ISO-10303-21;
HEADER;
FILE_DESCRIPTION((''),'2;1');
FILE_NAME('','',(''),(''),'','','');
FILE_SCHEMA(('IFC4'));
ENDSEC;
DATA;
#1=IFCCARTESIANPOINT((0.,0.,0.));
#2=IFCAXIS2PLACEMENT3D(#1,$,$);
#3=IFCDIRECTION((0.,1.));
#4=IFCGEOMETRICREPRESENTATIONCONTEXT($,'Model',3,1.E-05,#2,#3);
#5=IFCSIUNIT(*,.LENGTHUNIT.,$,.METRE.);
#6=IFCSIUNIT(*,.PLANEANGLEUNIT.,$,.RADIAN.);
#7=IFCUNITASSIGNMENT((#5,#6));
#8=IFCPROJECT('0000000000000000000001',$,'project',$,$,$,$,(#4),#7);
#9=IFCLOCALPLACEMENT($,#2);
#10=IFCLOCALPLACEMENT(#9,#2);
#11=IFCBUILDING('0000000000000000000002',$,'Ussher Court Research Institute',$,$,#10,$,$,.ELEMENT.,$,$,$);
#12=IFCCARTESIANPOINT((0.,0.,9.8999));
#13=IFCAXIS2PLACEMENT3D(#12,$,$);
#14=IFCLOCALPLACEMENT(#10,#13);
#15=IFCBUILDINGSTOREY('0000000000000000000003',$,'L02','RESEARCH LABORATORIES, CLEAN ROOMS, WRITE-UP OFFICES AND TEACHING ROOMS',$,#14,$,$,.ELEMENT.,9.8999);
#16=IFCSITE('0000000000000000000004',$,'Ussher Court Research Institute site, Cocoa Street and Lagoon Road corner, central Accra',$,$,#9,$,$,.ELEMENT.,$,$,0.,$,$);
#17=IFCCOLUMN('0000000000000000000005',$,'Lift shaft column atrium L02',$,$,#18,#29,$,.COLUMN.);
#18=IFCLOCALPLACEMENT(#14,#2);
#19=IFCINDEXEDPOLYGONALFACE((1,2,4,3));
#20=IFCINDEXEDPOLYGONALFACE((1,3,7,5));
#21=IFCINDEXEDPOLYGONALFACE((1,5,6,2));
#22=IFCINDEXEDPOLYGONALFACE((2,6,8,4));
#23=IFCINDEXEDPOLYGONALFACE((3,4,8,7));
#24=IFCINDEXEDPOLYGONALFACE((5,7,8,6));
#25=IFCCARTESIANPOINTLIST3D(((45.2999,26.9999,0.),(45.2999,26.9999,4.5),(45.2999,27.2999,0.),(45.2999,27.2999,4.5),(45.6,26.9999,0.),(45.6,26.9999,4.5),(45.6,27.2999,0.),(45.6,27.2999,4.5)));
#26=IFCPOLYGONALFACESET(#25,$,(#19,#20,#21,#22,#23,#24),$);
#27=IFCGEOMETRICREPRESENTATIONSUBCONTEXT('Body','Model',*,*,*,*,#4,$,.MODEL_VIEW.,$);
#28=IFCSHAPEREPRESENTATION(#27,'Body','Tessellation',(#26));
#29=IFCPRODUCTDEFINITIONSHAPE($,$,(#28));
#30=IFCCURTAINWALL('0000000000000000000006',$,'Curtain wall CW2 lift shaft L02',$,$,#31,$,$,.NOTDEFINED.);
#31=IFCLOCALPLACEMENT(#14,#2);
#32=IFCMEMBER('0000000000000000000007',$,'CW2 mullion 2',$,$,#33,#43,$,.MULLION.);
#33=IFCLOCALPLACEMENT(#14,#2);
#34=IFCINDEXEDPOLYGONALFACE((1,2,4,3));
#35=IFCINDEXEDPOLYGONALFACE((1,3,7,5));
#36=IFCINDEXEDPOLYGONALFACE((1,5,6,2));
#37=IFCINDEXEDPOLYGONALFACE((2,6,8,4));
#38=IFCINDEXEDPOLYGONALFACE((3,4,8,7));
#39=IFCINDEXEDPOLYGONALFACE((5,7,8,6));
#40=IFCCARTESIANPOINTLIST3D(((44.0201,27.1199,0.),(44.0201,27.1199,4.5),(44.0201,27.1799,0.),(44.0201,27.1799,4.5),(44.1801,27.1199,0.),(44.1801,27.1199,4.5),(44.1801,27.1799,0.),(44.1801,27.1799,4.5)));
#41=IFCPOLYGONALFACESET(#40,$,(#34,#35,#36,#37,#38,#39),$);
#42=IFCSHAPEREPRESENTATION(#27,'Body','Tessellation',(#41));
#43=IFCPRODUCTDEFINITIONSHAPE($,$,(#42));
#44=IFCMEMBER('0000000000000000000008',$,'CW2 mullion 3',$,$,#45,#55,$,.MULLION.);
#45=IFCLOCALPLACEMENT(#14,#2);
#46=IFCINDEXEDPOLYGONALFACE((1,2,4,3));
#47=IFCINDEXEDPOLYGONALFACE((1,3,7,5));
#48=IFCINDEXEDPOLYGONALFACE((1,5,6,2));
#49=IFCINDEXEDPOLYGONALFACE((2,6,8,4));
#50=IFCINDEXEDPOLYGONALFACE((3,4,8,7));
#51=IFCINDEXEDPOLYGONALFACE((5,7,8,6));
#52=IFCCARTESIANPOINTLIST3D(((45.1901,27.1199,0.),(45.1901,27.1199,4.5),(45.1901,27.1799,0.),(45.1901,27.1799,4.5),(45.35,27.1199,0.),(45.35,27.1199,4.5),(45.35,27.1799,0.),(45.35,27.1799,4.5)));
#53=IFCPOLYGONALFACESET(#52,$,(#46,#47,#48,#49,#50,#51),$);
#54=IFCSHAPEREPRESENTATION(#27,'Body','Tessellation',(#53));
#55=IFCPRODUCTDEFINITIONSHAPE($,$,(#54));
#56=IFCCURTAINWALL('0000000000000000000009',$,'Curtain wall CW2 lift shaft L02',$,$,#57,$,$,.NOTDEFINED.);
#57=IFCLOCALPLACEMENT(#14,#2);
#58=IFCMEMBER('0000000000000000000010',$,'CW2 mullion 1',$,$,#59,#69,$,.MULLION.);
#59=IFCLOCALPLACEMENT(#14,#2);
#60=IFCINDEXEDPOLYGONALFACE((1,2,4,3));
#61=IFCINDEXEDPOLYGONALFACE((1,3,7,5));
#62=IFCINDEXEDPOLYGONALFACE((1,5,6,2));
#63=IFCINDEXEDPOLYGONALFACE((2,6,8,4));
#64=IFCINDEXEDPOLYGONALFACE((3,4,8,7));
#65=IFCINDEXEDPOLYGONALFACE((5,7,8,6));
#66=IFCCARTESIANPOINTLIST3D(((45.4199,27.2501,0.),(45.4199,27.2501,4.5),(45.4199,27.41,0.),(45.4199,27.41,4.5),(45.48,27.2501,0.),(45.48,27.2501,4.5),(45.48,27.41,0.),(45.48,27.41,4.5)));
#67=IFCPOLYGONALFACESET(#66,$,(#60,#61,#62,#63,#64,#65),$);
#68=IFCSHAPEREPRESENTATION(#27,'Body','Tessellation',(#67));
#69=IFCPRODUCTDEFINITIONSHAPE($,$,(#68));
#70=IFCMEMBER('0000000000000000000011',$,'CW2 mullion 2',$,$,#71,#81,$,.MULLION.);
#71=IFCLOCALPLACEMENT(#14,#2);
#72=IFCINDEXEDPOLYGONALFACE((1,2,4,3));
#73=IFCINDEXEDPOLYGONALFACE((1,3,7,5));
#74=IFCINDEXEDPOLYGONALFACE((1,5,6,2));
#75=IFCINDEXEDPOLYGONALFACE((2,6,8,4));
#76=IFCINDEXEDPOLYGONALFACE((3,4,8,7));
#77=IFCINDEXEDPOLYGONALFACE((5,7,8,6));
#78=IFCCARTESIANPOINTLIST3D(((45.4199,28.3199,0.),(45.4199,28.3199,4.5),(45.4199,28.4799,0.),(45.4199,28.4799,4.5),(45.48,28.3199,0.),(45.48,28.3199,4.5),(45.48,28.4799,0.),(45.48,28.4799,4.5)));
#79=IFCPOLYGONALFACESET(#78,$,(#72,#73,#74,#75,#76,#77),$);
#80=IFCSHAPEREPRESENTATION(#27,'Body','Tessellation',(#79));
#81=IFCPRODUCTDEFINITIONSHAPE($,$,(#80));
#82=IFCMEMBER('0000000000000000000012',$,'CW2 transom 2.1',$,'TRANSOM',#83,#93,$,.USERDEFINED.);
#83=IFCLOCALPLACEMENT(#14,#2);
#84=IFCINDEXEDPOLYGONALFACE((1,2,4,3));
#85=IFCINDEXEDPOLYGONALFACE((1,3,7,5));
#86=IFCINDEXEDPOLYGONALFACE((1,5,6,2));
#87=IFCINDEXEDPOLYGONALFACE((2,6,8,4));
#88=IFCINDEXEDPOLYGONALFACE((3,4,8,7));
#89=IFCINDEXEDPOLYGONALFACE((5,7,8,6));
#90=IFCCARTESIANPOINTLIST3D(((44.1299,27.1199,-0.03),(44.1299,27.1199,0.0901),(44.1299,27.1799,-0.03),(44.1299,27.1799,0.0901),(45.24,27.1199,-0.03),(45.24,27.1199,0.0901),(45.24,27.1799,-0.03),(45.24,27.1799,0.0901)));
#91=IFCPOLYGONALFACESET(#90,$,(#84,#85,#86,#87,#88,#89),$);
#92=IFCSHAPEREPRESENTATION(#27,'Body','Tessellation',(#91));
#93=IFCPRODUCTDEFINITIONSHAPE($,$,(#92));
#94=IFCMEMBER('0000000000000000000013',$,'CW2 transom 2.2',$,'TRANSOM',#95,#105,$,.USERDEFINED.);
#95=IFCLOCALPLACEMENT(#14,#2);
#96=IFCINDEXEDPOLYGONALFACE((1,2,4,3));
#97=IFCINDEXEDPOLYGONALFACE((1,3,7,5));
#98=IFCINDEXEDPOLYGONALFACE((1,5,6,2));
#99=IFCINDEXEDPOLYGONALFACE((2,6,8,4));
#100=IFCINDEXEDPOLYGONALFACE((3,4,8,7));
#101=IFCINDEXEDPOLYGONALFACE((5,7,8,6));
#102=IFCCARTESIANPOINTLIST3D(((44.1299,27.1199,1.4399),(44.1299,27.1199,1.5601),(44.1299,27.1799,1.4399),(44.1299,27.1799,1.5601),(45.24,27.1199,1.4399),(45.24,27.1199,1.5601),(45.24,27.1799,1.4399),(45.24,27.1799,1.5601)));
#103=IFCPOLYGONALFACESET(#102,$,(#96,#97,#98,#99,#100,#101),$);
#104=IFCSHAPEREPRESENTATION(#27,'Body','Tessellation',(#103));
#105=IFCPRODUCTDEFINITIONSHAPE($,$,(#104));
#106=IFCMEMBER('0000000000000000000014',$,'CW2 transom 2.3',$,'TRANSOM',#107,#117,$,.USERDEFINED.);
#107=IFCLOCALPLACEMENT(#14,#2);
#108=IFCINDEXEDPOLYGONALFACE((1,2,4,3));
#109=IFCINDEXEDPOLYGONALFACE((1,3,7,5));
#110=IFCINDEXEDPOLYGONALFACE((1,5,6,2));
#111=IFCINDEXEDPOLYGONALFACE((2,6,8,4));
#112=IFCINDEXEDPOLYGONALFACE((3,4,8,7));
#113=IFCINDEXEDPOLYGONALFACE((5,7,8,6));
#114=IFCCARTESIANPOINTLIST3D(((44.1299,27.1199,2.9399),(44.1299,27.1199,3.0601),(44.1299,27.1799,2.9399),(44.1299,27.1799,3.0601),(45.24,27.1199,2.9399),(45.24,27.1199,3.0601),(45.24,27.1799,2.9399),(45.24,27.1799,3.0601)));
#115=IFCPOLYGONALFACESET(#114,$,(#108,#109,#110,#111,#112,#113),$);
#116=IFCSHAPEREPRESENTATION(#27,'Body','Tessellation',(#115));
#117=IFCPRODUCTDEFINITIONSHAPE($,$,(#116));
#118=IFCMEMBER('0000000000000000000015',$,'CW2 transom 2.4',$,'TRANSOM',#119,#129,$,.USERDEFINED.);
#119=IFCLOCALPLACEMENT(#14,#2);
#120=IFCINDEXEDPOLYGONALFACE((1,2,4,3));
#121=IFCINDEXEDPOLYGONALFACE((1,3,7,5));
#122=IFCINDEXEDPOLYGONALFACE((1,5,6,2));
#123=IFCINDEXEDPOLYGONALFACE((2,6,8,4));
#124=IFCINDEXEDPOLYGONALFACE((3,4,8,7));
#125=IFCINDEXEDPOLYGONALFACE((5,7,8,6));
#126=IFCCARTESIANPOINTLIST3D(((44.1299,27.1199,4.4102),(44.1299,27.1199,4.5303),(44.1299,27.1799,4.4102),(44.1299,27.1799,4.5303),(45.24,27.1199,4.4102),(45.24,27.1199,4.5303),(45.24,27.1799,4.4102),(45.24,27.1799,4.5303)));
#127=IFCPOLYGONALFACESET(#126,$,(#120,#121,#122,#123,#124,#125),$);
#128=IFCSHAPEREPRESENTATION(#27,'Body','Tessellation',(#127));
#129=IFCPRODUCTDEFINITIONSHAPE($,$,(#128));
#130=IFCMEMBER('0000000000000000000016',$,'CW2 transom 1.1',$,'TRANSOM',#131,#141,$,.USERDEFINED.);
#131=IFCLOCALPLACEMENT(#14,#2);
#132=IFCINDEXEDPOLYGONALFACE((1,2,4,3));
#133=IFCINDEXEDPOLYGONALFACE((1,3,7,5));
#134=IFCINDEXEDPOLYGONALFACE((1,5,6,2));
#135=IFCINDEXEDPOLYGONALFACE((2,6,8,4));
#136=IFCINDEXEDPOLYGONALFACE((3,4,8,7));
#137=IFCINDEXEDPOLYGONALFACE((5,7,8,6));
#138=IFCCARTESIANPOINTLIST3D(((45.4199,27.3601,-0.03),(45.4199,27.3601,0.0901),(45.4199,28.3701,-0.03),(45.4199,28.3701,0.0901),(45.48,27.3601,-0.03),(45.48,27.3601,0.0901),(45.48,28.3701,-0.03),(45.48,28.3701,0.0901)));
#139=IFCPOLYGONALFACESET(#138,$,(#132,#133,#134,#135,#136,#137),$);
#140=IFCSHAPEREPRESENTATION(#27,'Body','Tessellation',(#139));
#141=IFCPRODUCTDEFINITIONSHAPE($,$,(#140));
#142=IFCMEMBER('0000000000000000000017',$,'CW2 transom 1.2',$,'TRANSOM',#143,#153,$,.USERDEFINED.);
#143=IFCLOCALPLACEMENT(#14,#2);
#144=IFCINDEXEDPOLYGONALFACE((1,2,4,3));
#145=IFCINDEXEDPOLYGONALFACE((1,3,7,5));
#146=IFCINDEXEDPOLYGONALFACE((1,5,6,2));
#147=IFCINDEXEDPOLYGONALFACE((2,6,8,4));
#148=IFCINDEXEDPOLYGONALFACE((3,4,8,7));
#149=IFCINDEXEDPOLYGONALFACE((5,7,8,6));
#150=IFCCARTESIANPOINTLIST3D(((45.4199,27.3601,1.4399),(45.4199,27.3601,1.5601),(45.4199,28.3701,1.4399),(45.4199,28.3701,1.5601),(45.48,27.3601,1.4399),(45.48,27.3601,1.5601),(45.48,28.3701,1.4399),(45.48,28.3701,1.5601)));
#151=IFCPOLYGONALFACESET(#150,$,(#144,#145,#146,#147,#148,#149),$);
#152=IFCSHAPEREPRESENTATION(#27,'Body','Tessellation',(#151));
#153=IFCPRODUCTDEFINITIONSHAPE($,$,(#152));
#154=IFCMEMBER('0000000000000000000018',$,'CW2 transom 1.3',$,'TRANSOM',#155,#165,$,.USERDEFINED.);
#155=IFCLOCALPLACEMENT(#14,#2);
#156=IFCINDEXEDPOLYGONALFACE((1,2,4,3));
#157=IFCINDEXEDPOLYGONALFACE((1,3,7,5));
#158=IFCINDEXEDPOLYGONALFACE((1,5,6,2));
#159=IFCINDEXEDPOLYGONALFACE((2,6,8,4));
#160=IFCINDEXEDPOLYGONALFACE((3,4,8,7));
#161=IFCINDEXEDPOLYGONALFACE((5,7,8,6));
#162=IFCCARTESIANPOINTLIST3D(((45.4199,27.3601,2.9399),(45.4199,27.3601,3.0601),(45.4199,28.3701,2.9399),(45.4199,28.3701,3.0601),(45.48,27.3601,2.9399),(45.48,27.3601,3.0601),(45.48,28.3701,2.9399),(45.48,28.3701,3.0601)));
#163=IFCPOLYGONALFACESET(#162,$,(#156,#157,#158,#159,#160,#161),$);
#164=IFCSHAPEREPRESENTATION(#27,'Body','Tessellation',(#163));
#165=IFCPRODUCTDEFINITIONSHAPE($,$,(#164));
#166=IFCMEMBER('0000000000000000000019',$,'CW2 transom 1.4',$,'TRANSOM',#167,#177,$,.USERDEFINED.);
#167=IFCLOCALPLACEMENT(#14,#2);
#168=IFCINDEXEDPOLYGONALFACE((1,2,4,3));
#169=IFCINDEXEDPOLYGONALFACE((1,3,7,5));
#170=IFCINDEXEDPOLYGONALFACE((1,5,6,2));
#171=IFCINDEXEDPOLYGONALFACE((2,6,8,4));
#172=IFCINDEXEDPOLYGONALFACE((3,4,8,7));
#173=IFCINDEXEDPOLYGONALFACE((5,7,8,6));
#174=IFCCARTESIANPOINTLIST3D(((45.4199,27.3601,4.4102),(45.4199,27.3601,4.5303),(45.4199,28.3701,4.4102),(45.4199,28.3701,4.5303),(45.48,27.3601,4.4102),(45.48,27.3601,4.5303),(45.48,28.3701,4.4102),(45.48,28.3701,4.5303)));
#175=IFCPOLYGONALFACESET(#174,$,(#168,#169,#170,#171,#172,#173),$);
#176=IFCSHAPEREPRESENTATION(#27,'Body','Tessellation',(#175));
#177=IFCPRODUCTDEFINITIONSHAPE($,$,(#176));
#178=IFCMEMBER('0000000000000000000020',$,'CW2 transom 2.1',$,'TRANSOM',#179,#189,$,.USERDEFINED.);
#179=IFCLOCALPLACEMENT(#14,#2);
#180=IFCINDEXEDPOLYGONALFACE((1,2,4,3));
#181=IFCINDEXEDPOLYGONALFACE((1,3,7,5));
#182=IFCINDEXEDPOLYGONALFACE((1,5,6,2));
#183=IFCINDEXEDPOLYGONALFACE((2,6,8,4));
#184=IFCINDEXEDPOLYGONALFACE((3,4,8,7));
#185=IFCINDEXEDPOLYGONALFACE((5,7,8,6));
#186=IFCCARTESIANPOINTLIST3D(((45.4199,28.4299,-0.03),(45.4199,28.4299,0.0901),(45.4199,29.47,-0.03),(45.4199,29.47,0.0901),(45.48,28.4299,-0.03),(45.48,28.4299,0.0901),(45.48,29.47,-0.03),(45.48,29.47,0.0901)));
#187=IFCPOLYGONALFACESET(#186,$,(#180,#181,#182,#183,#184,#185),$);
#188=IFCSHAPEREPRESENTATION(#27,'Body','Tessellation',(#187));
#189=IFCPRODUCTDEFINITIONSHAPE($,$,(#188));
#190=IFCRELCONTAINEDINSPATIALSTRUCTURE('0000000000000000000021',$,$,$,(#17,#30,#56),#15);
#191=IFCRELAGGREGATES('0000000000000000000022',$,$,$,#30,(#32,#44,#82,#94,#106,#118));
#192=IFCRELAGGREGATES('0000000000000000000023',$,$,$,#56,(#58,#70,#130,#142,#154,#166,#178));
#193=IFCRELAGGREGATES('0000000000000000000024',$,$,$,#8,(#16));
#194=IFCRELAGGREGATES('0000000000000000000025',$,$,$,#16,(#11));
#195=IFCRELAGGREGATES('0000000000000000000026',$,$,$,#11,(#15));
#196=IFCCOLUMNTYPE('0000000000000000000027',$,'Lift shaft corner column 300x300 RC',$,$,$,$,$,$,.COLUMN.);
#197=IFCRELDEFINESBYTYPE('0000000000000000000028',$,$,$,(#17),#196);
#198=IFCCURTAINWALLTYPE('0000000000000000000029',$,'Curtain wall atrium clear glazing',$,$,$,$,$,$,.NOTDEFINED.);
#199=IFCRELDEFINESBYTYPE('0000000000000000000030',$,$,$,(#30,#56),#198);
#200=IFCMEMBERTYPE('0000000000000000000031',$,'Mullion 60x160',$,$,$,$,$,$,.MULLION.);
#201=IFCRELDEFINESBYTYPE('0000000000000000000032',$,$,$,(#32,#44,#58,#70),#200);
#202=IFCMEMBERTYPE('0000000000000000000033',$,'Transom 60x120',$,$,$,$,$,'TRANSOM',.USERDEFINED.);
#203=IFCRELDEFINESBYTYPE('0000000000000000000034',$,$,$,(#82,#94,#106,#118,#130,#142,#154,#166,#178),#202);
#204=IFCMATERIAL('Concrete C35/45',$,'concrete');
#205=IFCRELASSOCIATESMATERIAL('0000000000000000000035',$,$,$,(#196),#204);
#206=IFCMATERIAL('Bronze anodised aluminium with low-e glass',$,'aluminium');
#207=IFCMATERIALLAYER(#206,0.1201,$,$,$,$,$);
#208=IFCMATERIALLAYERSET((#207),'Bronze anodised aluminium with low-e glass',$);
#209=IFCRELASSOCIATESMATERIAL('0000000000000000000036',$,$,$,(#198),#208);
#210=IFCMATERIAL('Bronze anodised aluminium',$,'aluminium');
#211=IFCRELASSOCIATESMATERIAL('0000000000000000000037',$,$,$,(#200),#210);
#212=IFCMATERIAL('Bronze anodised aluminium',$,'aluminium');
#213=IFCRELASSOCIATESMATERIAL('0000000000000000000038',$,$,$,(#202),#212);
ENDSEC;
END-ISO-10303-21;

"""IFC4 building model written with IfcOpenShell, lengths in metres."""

from ifc_helpers import new_model, si_unit, direction, frame, origin, origin_2d, place, context, subcontext, project, spatial, rectangle, extrude, material, layer, layer_set, material_profile, profile_set, type_object, element, aggregate, save


model = new_model("IFC4")

# Units and contexts
model_context = context("Model", 3, precision=1e-05, world=origin(), true_north=direction((0.0, 1.0)))
body_context = subcontext(model_context, "Body", "Model", "MODEL_VIEW")
ifc_project = project(units=[si_unit("LENGTHUNIT", "METRE"), si_unit("PLANEANGLEUNIT", "RADIAN")], contexts=[model_context])

# Site, building, storey
site_placement = place(None, origin())
site = spatial("IfcSite", under=ifc_project, at=site_placement, Name="Ussher Court Research Institute site, Cocoa Street and Lagoon Road corner, central Accra", CompositionType="ELEMENT", RefElevation=0.0)
building_placement = place(site_placement, origin())
building = spatial("IfcBuilding", under=site, at=building_placement, Name="Ussher Court Research Institute", CompositionType="ELEMENT")
storey_placement = place(building_placement, frame((0.0, 0.0, 9.8999)))
storey = spatial("IfcBuildingStorey", under=building, at=storey_placement, Name="L02", Description="RESEARCH LABORATORIES, CLEAN ROOMS, WRITE-UP OFFICES AND TEACHING ROOMS", CompositionType="ELEMENT", Elevation=9.8999)

# Column
ifc_material_1 = material(Name="Concrete C35/45", Category="concrete")
ifc_material_profile_1 = material_profile(ifc_material_1, rectangle(XDim=0.3, YDim=0.3, at=origin_2d()), Name="RC 300x300")
ifc_profile_set_1 = profile_set([ifc_material_profile_1], Name="Concrete C35/45")
column_type = type_object("IfcColumnType", Name="Lift shaft corner column 300x300 RC", PredefinedType="COLUMN", material=ifc_profile_set_1)
column_placement = place(storey_placement, frame((45.45, 27.1499, 0.0), z_axis=(0.0, 0.0, 1.0), x_axis=(1.0, 0.0, 0.0)))
element("IfcColumn", 1, at=column_placement, inside=storey, type_object=column_type, Name="Lift shaft column atrium L02", PredefinedType="COLUMN", context=body_context, shape_type="SweptSolid", body=[
    extrude(rectangle(XDim=0.3, YDim=0.3, at=origin_2d()), origin(), (0.0, 0.0, 1.0), 4.5),
])

# Curtain walls, members
ifc_material_2 = material(Name="Bronze anodised aluminium with low-e glass", Category="aluminium")
ifc_layer_1 = layer(ifc_material_2, 0.1201)
ifc_layer_set_1 = layer_set([ifc_layer_1], Name="Bronze anodised aluminium with low-e glass")
curtain_wall_type = type_object("IfcCurtainWallType", Name="Curtain wall atrium clear glazing", PredefinedType="NOTDEFINED", material=ifc_layer_set_1)
curtain_wall_1_placement = place(storey_placement, origin())
curtain_wall_1 = element("IfcCurtainWall", 2, at=curtain_wall_1_placement, inside=storey, type_object=curtain_wall_type, Name="Curtain wall CW2 lift shaft L02", PredefinedType="NOTDEFINED")
ifc_material_3 = material(Name="Bronze anodised aluminium", Category="aluminium")
ifc_material_profile_2 = material_profile(ifc_material_3, rectangle(XDim=0.0601, YDim=0.1599, at=origin_2d()), Name="Mullion 60x160")
ifc_profile_set_2 = profile_set([ifc_material_profile_2], Name="Bronze anodised aluminium")
member_type_1 = type_object("IfcMemberType", Name="Mullion 60x160", PredefinedType="MULLION", material=ifc_profile_set_2)
member_1_placement = place(storey_placement, frame((44.1001, 27.1499, 0.0), z_axis=(0.0, 0.0, 1.0), x_axis=(0.0, 1.0, 0.0)))
member_1 = element("IfcMember", 3, at=member_1_placement, type_object=member_type_1, Name="CW2 mullion 2", PredefinedType="MULLION", context=body_context, shape_type="SweptSolid", body=[
    extrude(rectangle(XDim=0.0601, YDim=0.1599, at=origin_2d()), origin(), (0.0, 0.0, 1.0), 4.5),
])
member_2_placement = place(storey_placement, frame((45.27, 27.1499, 0.0), z_axis=(0.0, 0.0, 1.0), x_axis=(0.0, 1.0, 0.0)))
member_2 = element("IfcMember", 4, at=member_2_placement, type_object=member_type_1, Name="CW2 mullion 3", PredefinedType="MULLION", context=body_context, shape_type="SweptSolid", body=[
    extrude(rectangle(XDim=0.0601, YDim=0.1599, at=origin_2d()), origin(), (0.0, 0.0, 1.0), 4.5),
])
curtain_wall_2_placement = place(storey_placement, origin())
curtain_wall_2 = element("IfcCurtainWall", 5, at=curtain_wall_2_placement, inside=storey, type_object=curtain_wall_type, Name="Curtain wall CW2 lift shaft L02", PredefinedType="NOTDEFINED")
member_3_placement = place(storey_placement, frame((45.45, 27.3301, 0.0), z_axis=(0.0, 0.0, 1.0), x_axis=(-1.0, 0.0, 0.0)))
member_3 = element("IfcMember", 6, at=member_3_placement, type_object=member_type_1, Name="CW2 mullion 1", PredefinedType="MULLION", context=body_context, shape_type="SweptSolid", body=[
    extrude(rectangle(XDim=0.0601, YDim=0.1599, at=origin_2d()), origin(), (0.0, 0.0, 1.0), 4.5),
])
member_4_placement = place(storey_placement, frame((45.45, 28.3999, 0.0), z_axis=(0.0, 0.0, 1.0), x_axis=(-1.0, 0.0, 0.0)))
member_4 = element("IfcMember", 7, at=member_4_placement, type_object=member_type_1, Name="CW2 mullion 2", PredefinedType="MULLION", context=body_context, shape_type="SweptSolid", body=[
    extrude(rectangle(XDim=0.0601, YDim=0.1599, at=origin_2d()), origin(), (0.0, 0.0, 1.0), 4.5),
])

# Members
ifc_material_4 = material(Name="Bronze anodised aluminium", Category="aluminium")
ifc_material_profile_3 = material_profile(ifc_material_4, rectangle(XDim=0.0601, YDim=0.1201, at=origin_2d()), Name="Transom 60x120")
ifc_profile_set_3 = profile_set([ifc_material_profile_3], Name="Bronze anodised aluminium")
member_type_2 = type_object("IfcMemberType", Name="Transom 60x120", ElementType="TRANSOM", PredefinedType="USERDEFINED", material=ifc_profile_set_3)
member_5_placement = place(storey_placement, frame((44.1299, 27.1499, 0.03), z_axis=(1.0, 0.0, 0.0), x_axis=(0.0, 1.0, 0.0)))
member_5 = element("IfcMember", 8, at=member_5_placement, type_object=member_type_2, Name="CW2 transom 2.1", ObjectType="TRANSOM", PredefinedType="USERDEFINED", context=body_context, shape_type="SweptSolid", body=[
    extrude(rectangle(XDim=0.0601, YDim=0.1201, at=origin_2d()), origin(), (0.0, 0.0, 1.0), 1.1101),
])
member_6_placement = place(storey_placement, frame((44.1299, 27.1499, 1.5), z_axis=(1.0, 0.0, 0.0), x_axis=(0.0, 1.0, 0.0)))
member_6 = element("IfcMember", 9, at=member_6_placement, type_object=member_type_2, Name="CW2 transom 2.2", ObjectType="TRANSOM", PredefinedType="USERDEFINED", context=body_context, shape_type="SweptSolid", body=[
    extrude(rectangle(XDim=0.0601, YDim=0.1201, at=origin_2d()), origin(), (0.0, 0.0, 1.0), 1.1101),
])
member_7_placement = place(storey_placement, frame((44.1299, 27.1499, 3.0), z_axis=(1.0, 0.0, 0.0), x_axis=(0.0, 1.0, 0.0)))
member_7 = element("IfcMember", 10, at=member_7_placement, type_object=member_type_2, Name="CW2 transom 2.3", ObjectType="TRANSOM", PredefinedType="USERDEFINED", context=body_context, shape_type="SweptSolid", body=[
    extrude(rectangle(XDim=0.0601, YDim=0.1201, at=origin_2d()), origin(), (0.0, 0.0, 1.0), 1.1101),
])
member_8_placement = place(storey_placement, frame((44.1299, 27.1499, 4.4702), z_axis=(1.0, 0.0, 0.0), x_axis=(0.0, 1.0, 0.0)))
member_8 = element("IfcMember", 11, at=member_8_placement, type_object=member_type_2, Name="CW2 transom 2.4", ObjectType="TRANSOM", PredefinedType="USERDEFINED", context=body_context, shape_type="SweptSolid", body=[
    extrude(rectangle(XDim=0.0601, YDim=0.1201, at=origin_2d()), origin(), (0.0, 0.0, 1.0), 1.1101),
])
member_9_placement = place(storey_placement, frame((45.45, 27.3601, 0.03), z_axis=(0.0, 1.0, 0.0), x_axis=(-1.0, 0.0, 0.0)))
member_9 = element("IfcMember", 12, at=member_9_placement, type_object=member_type_2, Name="CW2 transom 1.1", ObjectType="TRANSOM", PredefinedType="USERDEFINED", context=body_context, shape_type="SweptSolid", body=[
    extrude(rectangle(XDim=0.0601, YDim=0.1201, at=origin_2d()), origin(), (0.0, 0.0, 1.0), 1.01),
])
member_10_placement = place(storey_placement, frame((45.45, 27.3601, 1.5), z_axis=(0.0, 1.0, 0.0), x_axis=(-1.0, 0.0, 0.0)))
member_10 = element("IfcMember", 13, at=member_10_placement, type_object=member_type_2, Name="CW2 transom 1.2", ObjectType="TRANSOM", PredefinedType="USERDEFINED", context=body_context, shape_type="SweptSolid", body=[
    extrude(rectangle(XDim=0.0601, YDim=0.1201, at=origin_2d()), origin(), (0.0, 0.0, 1.0), 1.01),
])
member_11_placement = place(storey_placement, frame((45.45, 27.3601, 3.0), z_axis=(0.0, 1.0, 0.0), x_axis=(-1.0, 0.0, 0.0)))
member_11 = element("IfcMember", 14, at=member_11_placement, type_object=member_type_2, Name="CW2 transom 1.3", ObjectType="TRANSOM", PredefinedType="USERDEFINED", context=body_context, shape_type="SweptSolid", body=[
    extrude(rectangle(XDim=0.0601, YDim=0.1201, at=origin_2d()), origin(), (0.0, 0.0, 1.0), 1.01),
])
member_12_placement = place(storey_placement, frame((45.45, 27.3601, 4.4702), z_axis=(0.0, 1.0, 0.0), x_axis=(-1.0, 0.0, 0.0)))
member_12 = element("IfcMember", 15, at=member_12_placement, type_object=member_type_2, Name="CW2 transom 1.4", ObjectType="TRANSOM", PredefinedType="USERDEFINED", context=body_context, shape_type="SweptSolid", body=[
    extrude(rectangle(XDim=0.0601, YDim=0.1201, at=origin_2d()), origin(), (0.0, 0.0, 1.0), 1.01),
])
member_13_placement = place(storey_placement, frame((45.45, 28.4299, 0.03), z_axis=(0.0, 1.0, 0.0), x_axis=(-1.0, 0.0, 0.0)))
member_13 = element("IfcMember", 16, at=member_13_placement, type_object=member_type_2, Name="CW2 transom 2.1", ObjectType="TRANSOM", PredefinedType="USERDEFINED", context=body_context, shape_type="SweptSolid", body=[
    extrude(rectangle(XDim=0.0601, YDim=0.1201, at=origin_2d()), origin(), (0.0, 0.0, 1.0), 1.04),
])

aggregate(curtain_wall_1, [member_1, member_2, member_5, member_6, member_7, member_8])
aggregate(curtain_wall_2, [member_3, member_4, member_9, member_10, member_11, member_12, member_13])

save(model, "model.ifc")
